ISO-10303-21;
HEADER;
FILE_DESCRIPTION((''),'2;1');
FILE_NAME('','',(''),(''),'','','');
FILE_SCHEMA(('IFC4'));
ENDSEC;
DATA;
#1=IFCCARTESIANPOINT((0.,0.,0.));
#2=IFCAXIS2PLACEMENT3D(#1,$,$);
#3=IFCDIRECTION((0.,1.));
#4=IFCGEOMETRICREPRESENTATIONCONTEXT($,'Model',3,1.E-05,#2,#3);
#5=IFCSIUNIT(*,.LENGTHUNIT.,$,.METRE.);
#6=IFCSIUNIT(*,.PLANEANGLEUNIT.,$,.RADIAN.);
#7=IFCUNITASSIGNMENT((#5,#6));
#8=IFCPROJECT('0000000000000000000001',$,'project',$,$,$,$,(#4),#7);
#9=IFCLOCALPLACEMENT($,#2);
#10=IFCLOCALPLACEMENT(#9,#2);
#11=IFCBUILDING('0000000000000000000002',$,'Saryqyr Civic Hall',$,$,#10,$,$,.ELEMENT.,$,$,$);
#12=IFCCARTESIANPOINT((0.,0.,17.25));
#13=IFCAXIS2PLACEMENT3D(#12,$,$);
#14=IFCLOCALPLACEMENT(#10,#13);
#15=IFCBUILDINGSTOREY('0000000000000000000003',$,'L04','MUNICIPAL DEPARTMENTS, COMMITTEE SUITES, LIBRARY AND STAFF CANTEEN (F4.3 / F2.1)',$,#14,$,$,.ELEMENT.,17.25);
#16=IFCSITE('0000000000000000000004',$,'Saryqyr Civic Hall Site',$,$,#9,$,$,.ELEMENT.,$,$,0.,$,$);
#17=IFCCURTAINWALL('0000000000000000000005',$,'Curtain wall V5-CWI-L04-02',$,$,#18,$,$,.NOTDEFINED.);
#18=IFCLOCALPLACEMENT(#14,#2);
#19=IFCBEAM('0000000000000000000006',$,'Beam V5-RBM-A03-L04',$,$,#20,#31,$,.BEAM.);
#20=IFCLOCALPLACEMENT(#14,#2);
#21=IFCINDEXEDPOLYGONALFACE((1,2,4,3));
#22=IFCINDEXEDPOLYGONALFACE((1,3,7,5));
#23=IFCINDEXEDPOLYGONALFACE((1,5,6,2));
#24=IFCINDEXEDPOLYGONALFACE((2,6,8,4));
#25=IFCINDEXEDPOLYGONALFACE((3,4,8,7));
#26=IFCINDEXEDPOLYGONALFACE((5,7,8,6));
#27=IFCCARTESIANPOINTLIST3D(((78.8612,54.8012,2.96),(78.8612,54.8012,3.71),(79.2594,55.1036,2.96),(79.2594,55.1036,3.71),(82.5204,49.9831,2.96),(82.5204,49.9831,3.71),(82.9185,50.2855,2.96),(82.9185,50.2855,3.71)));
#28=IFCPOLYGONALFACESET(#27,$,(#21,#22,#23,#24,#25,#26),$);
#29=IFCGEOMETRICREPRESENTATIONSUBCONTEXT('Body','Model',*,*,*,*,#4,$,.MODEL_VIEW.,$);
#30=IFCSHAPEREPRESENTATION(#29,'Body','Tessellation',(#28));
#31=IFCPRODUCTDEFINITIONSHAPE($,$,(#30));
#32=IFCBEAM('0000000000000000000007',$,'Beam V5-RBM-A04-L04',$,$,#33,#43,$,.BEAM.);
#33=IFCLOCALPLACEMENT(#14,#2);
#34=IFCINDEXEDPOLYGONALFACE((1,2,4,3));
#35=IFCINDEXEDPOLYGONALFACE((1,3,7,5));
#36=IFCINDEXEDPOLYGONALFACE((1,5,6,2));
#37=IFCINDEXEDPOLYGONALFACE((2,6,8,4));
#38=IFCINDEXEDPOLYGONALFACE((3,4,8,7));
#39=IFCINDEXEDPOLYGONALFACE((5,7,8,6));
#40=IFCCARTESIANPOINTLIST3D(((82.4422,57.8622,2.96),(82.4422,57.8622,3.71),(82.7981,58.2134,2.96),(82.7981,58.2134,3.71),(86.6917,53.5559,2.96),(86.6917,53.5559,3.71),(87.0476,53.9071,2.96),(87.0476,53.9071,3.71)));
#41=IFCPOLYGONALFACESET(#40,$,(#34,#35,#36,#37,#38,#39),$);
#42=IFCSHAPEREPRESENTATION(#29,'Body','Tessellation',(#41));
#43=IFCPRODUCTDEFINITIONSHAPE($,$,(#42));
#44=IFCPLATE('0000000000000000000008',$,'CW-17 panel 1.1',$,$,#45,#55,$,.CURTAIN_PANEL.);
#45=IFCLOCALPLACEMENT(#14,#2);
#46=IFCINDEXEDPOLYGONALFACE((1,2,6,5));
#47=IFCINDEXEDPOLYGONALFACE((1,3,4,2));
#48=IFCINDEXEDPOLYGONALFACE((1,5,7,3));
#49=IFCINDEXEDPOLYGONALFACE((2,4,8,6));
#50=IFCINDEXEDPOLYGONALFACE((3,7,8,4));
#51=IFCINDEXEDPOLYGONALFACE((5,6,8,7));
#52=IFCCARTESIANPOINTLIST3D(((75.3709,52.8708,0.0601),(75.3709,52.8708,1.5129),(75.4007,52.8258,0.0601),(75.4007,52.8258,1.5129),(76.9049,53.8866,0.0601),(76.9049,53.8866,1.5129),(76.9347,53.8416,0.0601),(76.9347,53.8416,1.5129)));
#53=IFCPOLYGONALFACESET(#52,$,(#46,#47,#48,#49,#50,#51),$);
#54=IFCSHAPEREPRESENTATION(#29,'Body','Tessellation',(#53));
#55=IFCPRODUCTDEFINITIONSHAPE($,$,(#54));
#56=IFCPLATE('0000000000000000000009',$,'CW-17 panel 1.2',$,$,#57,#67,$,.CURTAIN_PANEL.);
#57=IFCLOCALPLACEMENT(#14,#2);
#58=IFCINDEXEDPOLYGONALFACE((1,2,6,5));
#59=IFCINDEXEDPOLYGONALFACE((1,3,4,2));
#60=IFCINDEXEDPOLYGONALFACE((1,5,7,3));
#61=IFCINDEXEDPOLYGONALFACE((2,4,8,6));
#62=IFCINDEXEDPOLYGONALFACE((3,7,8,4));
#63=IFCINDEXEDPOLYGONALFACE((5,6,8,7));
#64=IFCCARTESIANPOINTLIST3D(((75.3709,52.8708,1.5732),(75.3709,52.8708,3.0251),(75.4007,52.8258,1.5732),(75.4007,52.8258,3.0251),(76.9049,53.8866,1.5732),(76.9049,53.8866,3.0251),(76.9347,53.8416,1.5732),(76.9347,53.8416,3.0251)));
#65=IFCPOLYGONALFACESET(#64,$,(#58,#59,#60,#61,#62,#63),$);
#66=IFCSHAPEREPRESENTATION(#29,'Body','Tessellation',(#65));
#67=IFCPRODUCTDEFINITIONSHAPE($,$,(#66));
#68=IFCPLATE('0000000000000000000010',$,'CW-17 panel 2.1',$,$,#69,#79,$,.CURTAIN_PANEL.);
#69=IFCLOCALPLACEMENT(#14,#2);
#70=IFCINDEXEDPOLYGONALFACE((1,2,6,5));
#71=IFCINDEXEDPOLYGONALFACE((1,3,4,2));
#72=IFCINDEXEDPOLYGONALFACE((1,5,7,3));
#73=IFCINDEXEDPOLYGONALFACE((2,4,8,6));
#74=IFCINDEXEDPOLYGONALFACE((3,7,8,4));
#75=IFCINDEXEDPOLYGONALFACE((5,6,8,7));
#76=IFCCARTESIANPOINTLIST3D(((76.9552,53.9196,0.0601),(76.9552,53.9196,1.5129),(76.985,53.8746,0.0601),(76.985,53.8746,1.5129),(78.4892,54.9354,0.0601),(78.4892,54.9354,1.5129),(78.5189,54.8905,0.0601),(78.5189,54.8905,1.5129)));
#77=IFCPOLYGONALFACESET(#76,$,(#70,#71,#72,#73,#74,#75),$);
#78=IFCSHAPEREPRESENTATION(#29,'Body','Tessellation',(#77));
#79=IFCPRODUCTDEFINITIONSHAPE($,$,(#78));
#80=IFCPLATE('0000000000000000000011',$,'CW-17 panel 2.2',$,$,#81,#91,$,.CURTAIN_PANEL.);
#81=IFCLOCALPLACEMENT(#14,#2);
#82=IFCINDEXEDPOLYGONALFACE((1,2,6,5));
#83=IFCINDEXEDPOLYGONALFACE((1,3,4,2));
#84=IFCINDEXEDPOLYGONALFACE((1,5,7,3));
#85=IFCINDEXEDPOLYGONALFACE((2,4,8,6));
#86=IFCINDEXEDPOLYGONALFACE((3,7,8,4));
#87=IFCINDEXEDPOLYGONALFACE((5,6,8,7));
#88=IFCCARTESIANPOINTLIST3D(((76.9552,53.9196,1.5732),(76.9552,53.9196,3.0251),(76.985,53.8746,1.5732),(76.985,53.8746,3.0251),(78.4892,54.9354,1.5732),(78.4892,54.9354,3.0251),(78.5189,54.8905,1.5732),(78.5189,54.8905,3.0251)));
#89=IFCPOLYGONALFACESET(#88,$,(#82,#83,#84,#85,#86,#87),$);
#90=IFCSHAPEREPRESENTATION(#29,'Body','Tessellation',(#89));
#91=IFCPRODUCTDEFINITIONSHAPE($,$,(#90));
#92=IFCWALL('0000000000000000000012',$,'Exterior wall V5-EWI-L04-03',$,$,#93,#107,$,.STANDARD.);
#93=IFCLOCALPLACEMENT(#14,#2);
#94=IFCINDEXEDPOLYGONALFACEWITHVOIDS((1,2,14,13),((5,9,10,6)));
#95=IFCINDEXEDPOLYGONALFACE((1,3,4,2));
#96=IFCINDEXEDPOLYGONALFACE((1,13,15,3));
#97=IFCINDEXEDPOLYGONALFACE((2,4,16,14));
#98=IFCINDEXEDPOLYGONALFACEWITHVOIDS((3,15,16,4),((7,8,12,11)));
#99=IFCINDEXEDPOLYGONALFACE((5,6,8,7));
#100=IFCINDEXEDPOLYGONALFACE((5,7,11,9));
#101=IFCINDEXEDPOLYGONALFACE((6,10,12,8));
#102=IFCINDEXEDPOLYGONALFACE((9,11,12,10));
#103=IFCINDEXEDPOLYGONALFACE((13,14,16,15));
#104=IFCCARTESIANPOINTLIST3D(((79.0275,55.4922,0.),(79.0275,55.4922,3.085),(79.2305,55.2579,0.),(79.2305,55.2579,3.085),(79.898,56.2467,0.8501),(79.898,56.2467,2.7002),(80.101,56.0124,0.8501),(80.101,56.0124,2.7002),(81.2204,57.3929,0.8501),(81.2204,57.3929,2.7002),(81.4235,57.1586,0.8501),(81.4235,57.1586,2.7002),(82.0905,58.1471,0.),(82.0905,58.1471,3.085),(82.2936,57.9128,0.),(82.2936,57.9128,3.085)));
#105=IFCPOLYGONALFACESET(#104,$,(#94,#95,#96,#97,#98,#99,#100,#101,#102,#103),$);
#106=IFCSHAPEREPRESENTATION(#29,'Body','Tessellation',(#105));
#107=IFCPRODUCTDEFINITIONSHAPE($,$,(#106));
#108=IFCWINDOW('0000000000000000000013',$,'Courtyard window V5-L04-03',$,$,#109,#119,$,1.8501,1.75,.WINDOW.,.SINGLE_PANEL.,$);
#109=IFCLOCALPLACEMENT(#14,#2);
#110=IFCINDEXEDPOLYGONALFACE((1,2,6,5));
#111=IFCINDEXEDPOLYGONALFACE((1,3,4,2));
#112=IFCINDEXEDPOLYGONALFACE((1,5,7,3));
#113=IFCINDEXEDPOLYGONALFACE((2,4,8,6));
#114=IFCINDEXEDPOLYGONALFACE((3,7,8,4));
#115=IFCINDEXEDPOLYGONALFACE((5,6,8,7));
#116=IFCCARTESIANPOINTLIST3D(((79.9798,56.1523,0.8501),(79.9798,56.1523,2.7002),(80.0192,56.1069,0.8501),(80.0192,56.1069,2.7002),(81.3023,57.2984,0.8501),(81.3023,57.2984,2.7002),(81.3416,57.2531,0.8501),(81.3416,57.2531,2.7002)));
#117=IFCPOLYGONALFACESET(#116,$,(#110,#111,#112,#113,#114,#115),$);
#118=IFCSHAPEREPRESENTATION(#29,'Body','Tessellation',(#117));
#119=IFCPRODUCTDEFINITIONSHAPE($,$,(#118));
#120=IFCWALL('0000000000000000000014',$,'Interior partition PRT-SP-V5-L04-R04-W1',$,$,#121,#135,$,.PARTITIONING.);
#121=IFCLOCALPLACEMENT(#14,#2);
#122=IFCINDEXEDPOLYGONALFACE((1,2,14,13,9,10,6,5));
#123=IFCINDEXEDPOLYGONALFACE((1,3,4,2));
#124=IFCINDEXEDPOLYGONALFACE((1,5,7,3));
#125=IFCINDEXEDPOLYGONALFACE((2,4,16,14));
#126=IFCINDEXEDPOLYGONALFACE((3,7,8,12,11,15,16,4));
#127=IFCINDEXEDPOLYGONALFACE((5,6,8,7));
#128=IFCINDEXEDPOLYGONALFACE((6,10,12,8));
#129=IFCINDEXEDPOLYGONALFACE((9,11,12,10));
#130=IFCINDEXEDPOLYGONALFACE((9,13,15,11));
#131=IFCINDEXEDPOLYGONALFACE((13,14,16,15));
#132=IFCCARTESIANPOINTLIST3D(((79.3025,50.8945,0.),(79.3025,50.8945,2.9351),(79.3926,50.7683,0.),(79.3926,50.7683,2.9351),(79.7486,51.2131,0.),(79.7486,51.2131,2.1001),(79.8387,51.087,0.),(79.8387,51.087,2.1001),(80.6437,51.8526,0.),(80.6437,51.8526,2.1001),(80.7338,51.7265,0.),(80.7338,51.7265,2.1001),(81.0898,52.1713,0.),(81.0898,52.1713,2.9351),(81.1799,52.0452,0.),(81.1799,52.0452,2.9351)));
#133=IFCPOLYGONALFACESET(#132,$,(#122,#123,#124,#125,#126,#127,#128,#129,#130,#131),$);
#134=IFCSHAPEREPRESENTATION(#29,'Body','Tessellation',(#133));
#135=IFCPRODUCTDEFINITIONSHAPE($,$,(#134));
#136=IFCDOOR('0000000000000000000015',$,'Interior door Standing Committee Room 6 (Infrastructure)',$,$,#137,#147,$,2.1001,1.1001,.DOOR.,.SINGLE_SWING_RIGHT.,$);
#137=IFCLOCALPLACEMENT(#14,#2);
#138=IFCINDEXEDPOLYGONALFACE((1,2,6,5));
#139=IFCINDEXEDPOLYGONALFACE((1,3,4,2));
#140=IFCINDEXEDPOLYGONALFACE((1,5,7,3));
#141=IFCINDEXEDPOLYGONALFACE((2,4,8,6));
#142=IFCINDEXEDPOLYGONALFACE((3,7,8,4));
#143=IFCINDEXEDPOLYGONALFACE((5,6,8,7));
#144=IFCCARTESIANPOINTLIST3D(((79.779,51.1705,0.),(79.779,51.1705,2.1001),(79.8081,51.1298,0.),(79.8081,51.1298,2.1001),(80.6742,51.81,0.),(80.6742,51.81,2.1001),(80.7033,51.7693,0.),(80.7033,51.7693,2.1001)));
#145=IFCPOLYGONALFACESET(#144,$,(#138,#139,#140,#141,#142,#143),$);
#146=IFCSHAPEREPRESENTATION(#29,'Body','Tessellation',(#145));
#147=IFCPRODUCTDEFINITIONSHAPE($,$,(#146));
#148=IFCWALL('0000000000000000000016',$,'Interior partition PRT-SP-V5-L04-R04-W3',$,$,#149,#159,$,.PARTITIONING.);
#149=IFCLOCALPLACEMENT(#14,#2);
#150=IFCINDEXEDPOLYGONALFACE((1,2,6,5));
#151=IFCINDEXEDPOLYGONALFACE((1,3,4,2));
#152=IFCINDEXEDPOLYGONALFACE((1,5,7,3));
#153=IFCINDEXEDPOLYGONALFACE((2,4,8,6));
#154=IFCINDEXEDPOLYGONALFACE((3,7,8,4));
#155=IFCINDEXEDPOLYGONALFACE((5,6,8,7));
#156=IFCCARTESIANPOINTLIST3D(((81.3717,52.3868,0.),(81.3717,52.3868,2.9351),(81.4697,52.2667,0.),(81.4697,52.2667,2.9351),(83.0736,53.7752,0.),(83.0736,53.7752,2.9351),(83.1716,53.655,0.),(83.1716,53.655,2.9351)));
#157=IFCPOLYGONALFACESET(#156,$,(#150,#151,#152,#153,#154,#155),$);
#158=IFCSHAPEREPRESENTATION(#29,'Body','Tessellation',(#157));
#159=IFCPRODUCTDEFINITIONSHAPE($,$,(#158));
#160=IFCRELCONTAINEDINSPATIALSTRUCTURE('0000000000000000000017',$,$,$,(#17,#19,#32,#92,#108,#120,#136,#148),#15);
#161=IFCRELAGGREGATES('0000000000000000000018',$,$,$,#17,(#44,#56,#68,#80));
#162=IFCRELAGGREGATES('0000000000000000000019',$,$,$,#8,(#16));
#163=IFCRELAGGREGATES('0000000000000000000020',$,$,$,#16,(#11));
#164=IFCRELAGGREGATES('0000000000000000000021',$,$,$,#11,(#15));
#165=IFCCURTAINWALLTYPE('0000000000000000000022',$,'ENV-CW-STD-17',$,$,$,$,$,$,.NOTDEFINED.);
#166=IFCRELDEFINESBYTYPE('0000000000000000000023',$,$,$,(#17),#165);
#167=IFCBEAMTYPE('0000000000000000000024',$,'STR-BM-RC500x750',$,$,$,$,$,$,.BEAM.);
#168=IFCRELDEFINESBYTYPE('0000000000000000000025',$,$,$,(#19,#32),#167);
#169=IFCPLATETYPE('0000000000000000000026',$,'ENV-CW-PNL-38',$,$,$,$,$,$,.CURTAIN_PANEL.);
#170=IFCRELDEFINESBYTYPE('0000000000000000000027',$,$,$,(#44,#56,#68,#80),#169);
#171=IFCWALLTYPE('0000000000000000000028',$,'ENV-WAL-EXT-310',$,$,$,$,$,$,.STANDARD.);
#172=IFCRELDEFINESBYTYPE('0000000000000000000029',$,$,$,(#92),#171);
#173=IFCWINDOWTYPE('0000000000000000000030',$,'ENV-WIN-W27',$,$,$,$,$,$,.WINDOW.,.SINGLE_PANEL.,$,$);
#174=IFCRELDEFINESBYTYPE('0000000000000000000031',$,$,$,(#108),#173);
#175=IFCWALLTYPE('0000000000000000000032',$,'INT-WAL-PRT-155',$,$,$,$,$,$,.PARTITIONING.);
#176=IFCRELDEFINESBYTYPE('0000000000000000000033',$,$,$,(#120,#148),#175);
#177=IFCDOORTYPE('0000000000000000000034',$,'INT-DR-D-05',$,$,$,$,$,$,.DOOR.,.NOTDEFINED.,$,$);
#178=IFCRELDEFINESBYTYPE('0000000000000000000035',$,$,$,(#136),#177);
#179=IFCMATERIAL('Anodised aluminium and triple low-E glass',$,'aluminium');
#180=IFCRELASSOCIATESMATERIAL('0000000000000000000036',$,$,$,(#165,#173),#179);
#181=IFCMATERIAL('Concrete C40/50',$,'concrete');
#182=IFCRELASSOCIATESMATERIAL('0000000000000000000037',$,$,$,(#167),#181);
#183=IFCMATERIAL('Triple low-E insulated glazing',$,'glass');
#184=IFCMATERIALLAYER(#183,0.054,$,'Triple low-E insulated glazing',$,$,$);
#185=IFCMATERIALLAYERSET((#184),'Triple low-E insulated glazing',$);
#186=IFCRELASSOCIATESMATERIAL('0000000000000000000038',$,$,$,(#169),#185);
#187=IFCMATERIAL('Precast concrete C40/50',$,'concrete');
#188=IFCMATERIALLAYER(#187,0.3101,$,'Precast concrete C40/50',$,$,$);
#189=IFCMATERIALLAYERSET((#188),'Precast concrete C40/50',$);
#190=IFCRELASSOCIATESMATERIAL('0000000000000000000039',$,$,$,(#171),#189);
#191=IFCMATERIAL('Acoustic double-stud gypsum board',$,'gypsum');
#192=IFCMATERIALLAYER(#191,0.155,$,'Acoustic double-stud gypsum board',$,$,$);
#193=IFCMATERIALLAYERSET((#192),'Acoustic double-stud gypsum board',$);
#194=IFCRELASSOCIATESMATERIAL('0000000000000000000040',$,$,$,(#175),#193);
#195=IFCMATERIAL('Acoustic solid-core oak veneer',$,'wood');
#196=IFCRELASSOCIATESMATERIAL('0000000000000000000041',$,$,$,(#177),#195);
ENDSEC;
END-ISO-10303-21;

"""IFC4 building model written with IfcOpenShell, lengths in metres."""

from ifc_helpers import new_model, si_unit, direction, frame, frame_2d, origin, origin_2d, place, context, subcontext, project, spatial, rectangle, extrude, material, layer, layer_set, material_profile, profile_set, type_object, element, fill, aggregate, save


model = new_model("IFC4")

# Units and contexts
model_context = context("Model", 3, precision=1e-05, world=origin(), true_north=direction((0.0, 1.0)))
body_context = subcontext(model_context, "Body", "Model", "MODEL_VIEW")
ifc_project = project(units=[si_unit("LENGTHUNIT", "METRE"), si_unit("PLANEANGLEUNIT", "RADIAN")], contexts=[model_context])

# Site, building, storey
site_placement = place(None, origin())
site = spatial("IfcSite", under=ifc_project, at=site_placement, Name="Saryqyr Civic Hall Site", CompositionType="ELEMENT", RefElevation=0.0)
building_placement = place(site_placement, origin())
building = spatial("IfcBuilding", under=site, at=building_placement, Name="Saryqyr Civic Hall", CompositionType="ELEMENT")
storey_placement = place(building_placement, frame((0.0, 0.0, 17.25)))
storey = spatial("IfcBuildingStorey", under=building, at=storey_placement, Name="L04", Description="MUNICIPAL DEPARTMENTS, COMMITTEE SUITES, LIBRARY AND STAFF CANTEEN (F4.3 / F2.1)", CompositionType="ELEMENT", Elevation=17.25)

# Shared definitions
ifc_material_1 = material(Name="Concrete C40/50", Category="concrete")

# Curtain wall
ifc_material_2 = material(Name="Anodised aluminium and triple low-E glass", Category="aluminium")
curtain_wall_type = type_object("IfcCurtainWallType", Name="ENV-CW-STD-17", PredefinedType="NOTDEFINED", material=ifc_material_2)
curtain_wall_placement = place(storey_placement, origin())
curtain_wall = element("IfcCurtainWall", 1, at=curtain_wall_placement, inside=storey, type_object=curtain_wall_type, Name="Curtain wall V5-CWI-L04-02", PredefinedType="NOTDEFINED")

# Beams
ifc_material_profile_1 = material_profile(ifc_material_1, rectangle(XDim=0.5, YDim=0.75, at=origin_2d()), Name="RC 500x750")
ifc_profile_set_1 = profile_set([ifc_material_profile_1], Name="Concrete C40/50")
beam_type_1 = type_object("IfcBeamType", Name="STR-BM-RC500x750", PredefinedType="BEAM", material=ifc_profile_set_1)
for number, where, z_axis, x_axis, name in (
    (2, (79.0603, 54.9524, 3.335), (0.604812, -0.796368, 0.0), (0.796368, 0.604812, 0.0), "Beam V5-RBM-A03-L04"),
    (3, (82.6201, 58.0378, 3.335), (0.70239, -0.711792, 0.0), (0.711792, 0.70239, 0.0), "Beam V5-RBM-A04-L04"),
):
    element("IfcBeam", number, at=place(storey_placement, frame(where, z_axis=z_axis, x_axis=x_axis)), inside=storey, type_object=beam_type_1, Name=name, PredefinedType="BEAM", context=body_context, shape_type="SweptSolid", body=[
        extrude(rectangle(XDim=0.5, YDim=0.75, at=origin_2d()), origin(), (0.0, 0.0, 1.0), 6.05),
    ])

# Plates
ifc_material_3 = material(Name="Triple low-E insulated glazing", Category="glass")
ifc_layer_1 = layer(ifc_material_3, 0.054, Name="Triple low-E insulated glazing")
ifc_layer_set_1 = layer_set([ifc_layer_1], Name="Triple low-E insulated glazing")
plate_type = type_object("IfcPlateType", Name="ENV-CW-PNL-38", PredefinedType="CURTAIN_PANEL", material=ifc_layer_set_1)
plate_1_placement = place(storey_placement, frame((76.1528, 53.3562, 0.0601), z_axis=(0.0, 0.0, 1.0), x_axis=(0.833756, 0.552133, 0.0)))
plate_1 = element("IfcPlate", 4, at=plate_1_placement, type_object=plate_type, Name="CW-17 panel 1.1", PredefinedType="CURTAIN_PANEL", context=body_context, shape_type="SweptSolid", body=[
    extrude(rectangle(XDim=1.8398, YDim=0.054, at=origin_2d()), origin(), (0.0, 0.0, 1.0), 1.4529),
])
plate_2_placement = place(storey_placement, frame((76.1528, 53.3562, 1.5732), z_axis=(0.0, 0.0, 1.0), x_axis=(0.833756, 0.552133, 0.0)))
plate_2 = element("IfcPlate", 5, at=plate_2_placement, type_object=plate_type, Name="CW-17 panel 1.2", PredefinedType="CURTAIN_PANEL", context=body_context, shape_type="SweptSolid", body=[
    extrude(rectangle(XDim=1.8398, YDim=0.054, at=origin_2d()), origin(), (0.0, 0.0, 1.0), 1.4519),
])
plate_3_placement = place(storey_placement, frame((77.7371, 54.405, 0.0601), z_axis=(0.0, 0.0, 1.0), x_axis=(0.833756, 0.552133, 0.0)))
plate_3 = element("IfcPlate", 6, at=plate_3_placement, type_object=plate_type, Name="CW-17 panel 2.1", PredefinedType="CURTAIN_PANEL", context=body_context, shape_type="SweptSolid", body=[
    extrude(rectangle(XDim=1.8398, YDim=0.054, at=origin_2d()), origin(), (0.0, 0.0, 1.0), 1.4529),
])
plate_4_placement = place(storey_placement, frame((77.7371, 54.405, 1.5732), z_axis=(0.0, 0.0, 1.0), x_axis=(0.833756, 0.552133, 0.0)))
plate_4 = element("IfcPlate", 7, at=plate_4_placement, type_object=plate_type, Name="CW-17 panel 2.2", PredefinedType="CURTAIN_PANEL", context=body_context, shape_type="SweptSolid", body=[
    extrude(rectangle(XDim=1.8398, YDim=0.054, at=origin_2d()), origin(), (0.0, 0.0, 1.0), 1.4519),
])
aggregate(curtain_wall, [plate_1, plate_2, plate_3, plate_4])

# Wall, opening, window
ifc_material_4 = material(Name="Precast concrete C40/50", Category="concrete")
ifc_layer_2 = layer(ifc_material_4, 0.3101, Name="Precast concrete C40/50")
ifc_layer_set_2 = layer_set([ifc_layer_2], Name="Precast concrete C40/50")
wall_type_1 = type_object("IfcWallType", Name="ENV-WAL-EXT-310", PredefinedType="STANDARD", material=ifc_layer_set_2)
wall_1_placement = place(storey_placement, frame((79.1289, 55.375, 0.0), z_axis=(0.0, 0.0, 1.0), x_axis=(0.755665, 0.654958, 0.0)))
wall_1 = element("IfcWall", 8, at=wall_1_placement, inside=storey, type_object=wall_type_1, Name="Exterior wall V5-EWI-L04-03", PredefinedType="STANDARD", context=body_context, shape_type="SweptSolid", body=[
    extrude(rectangle(XDim=4.0535, YDim=0.3101, at=frame_2d((2.0269, 0.0))), origin(), (0.0, 0.0, 1.0), 3.085),
])
opening_1_placement = place(wall_1_placement, frame((1.1521, 0.0, 0.8501)))
opening_1 = element("IfcOpeningElement", 9, at=opening_1_placement, cuts=wall_1, PredefinedType="OPENING", context=body_context, shape_type="SweptSolid", body=[
    extrude(rectangle(XDim=1.75, YDim=1.8501, at=frame_2d((0.875, 0.925))), frame((0.0, 0.165, 0.0), z_axis=(0.0, -1.0, 0.0), x_axis=(1.0, 0.0, 0.0)), (0.0, 0.0, 1.0), 0.3301),
])
window_type = type_object("IfcWindowType", Name="ENV-WIN-W27", PartitioningType="SINGLE_PANEL", PredefinedType="WINDOW", material=ifc_material_2)
window_placement = place(opening_1_placement, origin())
window = element("IfcWindow", 10, at=window_placement, inside=storey, type_object=window_type, Name="Courtyard window V5-L04-03", OverallHeight=1.8501, OverallWidth=1.75, PartitioningType="SINGLE_PANEL", PredefinedType="WINDOW", context=body_context, shape_type="SweptSolid", body=[
    extrude(rectangle(XDim=1.75, YDim=1.8501, at=frame_2d((0.875, 0.925))), frame((0.0, 0.03, 0.0), z_axis=(0.0, -1.0, 0.0), x_axis=(1.0, 0.0, 0.0)), (0.0, 0.0, 1.0), 0.0601),
])
fill(opening_1, window)

# Wall, opening, door
ifc_material_5 = material(Name="Acoustic double-stud gypsum board", Category="gypsum")
ifc_layer_3 = layer(ifc_material_5, 0.155, Name="Acoustic double-stud gypsum board")
ifc_layer_set_3 = layer_set([ifc_layer_3], Name="Acoustic double-stud gypsum board")
wall_type_2 = type_object("IfcWallType", Name="INT-WAL-PRT-155", PredefinedType="PARTITIONING", material=ifc_layer_set_3)
wall_2_placement = place(storey_placement, frame((81.1348, 52.1082, 0.0), z_axis=(0.0, 0.0, 1.0), x_axis=(-0.813696, -0.581291, 0.0)))
wall_2 = element("IfcWall", 11, at=wall_2_placement, inside=storey, type_object=wall_type_2, Name="Interior partition PRT-SP-V5-L04-R04-W1", PredefinedType="PARTITIONING", context=body_context, shape_type="SweptSolid", body=[
    extrude(rectangle(XDim=2.1965, YDim=0.155, at=frame_2d((1.0981, 0.0))), origin(), (0.0, 0.0, 1.0), 2.9351),
])
opening_2_placement = place(wall_2_placement, frame((0.5481, 0.0, 0.0)))
opening_2 = element("IfcOpeningElement", 12, at=opening_2_placement, cuts=wall_2, PredefinedType="OPENING", context=body_context, shape_type="SweptSolid", body=[
    extrude(rectangle(XDim=1.1001, YDim=2.1001, at=frame_2d((0.55, 1.05))), frame((0.0, 0.0874, 0.0), z_axis=(0.0, -1.0, 0.0), x_axis=(1.0, 0.0, 0.0)), (0.0, 0.0, 1.0), 0.175),
])
ifc_material_6 = material(Name="Acoustic solid-core oak veneer", Category="wood")
door_type = type_object("IfcDoorType", Name="INT-DR-D-05", OperationType="NOTDEFINED", PredefinedType="DOOR", material=ifc_material_6)
door_placement = place(opening_2_placement, origin())
door = element("IfcDoor", 13, at=door_placement, inside=storey, type_object=door_type, Name="Interior door Standing Committee Room 6 (Infrastructure)", OperationType="SINGLE_SWING_RIGHT", OverallHeight=2.1001, OverallWidth=1.1001, PredefinedType="DOOR", context=body_context, shape_type="SweptSolid", body=[
    extrude(rectangle(XDim=1.1001, YDim=2.1001, at=frame_2d((0.55, 1.05))), frame((0.0, 0.0249, 0.0), z_axis=(0.0, -1.0, 0.0), x_axis=(1.0, 0.0, 0.0)), (0.0, 0.0, 1.0), 0.05),
])
fill(opening_2, door)

# Wall
wall_3_placement = place(storey_placement, frame((83.1226, 53.7151, 0.0), z_axis=(0.0, 0.0, 1.0), x_axis=(-0.774858, -0.632136, 0.0)))
element("IfcWall", 14, at=wall_3_placement, inside=storey, type_object=wall_type_2, Name="Interior partition PRT-SP-V5-L04-R04-W3", PredefinedType="PARTITIONING", context=body_context, shape_type="SweptSolid", body=[
    extrude(rectangle(XDim=2.1963, YDim=0.155, at=frame_2d((1.0981, 0.0))), origin(), (0.0, 0.0, 1.0), 2.9351),
])

save(model, "model.ifc")
